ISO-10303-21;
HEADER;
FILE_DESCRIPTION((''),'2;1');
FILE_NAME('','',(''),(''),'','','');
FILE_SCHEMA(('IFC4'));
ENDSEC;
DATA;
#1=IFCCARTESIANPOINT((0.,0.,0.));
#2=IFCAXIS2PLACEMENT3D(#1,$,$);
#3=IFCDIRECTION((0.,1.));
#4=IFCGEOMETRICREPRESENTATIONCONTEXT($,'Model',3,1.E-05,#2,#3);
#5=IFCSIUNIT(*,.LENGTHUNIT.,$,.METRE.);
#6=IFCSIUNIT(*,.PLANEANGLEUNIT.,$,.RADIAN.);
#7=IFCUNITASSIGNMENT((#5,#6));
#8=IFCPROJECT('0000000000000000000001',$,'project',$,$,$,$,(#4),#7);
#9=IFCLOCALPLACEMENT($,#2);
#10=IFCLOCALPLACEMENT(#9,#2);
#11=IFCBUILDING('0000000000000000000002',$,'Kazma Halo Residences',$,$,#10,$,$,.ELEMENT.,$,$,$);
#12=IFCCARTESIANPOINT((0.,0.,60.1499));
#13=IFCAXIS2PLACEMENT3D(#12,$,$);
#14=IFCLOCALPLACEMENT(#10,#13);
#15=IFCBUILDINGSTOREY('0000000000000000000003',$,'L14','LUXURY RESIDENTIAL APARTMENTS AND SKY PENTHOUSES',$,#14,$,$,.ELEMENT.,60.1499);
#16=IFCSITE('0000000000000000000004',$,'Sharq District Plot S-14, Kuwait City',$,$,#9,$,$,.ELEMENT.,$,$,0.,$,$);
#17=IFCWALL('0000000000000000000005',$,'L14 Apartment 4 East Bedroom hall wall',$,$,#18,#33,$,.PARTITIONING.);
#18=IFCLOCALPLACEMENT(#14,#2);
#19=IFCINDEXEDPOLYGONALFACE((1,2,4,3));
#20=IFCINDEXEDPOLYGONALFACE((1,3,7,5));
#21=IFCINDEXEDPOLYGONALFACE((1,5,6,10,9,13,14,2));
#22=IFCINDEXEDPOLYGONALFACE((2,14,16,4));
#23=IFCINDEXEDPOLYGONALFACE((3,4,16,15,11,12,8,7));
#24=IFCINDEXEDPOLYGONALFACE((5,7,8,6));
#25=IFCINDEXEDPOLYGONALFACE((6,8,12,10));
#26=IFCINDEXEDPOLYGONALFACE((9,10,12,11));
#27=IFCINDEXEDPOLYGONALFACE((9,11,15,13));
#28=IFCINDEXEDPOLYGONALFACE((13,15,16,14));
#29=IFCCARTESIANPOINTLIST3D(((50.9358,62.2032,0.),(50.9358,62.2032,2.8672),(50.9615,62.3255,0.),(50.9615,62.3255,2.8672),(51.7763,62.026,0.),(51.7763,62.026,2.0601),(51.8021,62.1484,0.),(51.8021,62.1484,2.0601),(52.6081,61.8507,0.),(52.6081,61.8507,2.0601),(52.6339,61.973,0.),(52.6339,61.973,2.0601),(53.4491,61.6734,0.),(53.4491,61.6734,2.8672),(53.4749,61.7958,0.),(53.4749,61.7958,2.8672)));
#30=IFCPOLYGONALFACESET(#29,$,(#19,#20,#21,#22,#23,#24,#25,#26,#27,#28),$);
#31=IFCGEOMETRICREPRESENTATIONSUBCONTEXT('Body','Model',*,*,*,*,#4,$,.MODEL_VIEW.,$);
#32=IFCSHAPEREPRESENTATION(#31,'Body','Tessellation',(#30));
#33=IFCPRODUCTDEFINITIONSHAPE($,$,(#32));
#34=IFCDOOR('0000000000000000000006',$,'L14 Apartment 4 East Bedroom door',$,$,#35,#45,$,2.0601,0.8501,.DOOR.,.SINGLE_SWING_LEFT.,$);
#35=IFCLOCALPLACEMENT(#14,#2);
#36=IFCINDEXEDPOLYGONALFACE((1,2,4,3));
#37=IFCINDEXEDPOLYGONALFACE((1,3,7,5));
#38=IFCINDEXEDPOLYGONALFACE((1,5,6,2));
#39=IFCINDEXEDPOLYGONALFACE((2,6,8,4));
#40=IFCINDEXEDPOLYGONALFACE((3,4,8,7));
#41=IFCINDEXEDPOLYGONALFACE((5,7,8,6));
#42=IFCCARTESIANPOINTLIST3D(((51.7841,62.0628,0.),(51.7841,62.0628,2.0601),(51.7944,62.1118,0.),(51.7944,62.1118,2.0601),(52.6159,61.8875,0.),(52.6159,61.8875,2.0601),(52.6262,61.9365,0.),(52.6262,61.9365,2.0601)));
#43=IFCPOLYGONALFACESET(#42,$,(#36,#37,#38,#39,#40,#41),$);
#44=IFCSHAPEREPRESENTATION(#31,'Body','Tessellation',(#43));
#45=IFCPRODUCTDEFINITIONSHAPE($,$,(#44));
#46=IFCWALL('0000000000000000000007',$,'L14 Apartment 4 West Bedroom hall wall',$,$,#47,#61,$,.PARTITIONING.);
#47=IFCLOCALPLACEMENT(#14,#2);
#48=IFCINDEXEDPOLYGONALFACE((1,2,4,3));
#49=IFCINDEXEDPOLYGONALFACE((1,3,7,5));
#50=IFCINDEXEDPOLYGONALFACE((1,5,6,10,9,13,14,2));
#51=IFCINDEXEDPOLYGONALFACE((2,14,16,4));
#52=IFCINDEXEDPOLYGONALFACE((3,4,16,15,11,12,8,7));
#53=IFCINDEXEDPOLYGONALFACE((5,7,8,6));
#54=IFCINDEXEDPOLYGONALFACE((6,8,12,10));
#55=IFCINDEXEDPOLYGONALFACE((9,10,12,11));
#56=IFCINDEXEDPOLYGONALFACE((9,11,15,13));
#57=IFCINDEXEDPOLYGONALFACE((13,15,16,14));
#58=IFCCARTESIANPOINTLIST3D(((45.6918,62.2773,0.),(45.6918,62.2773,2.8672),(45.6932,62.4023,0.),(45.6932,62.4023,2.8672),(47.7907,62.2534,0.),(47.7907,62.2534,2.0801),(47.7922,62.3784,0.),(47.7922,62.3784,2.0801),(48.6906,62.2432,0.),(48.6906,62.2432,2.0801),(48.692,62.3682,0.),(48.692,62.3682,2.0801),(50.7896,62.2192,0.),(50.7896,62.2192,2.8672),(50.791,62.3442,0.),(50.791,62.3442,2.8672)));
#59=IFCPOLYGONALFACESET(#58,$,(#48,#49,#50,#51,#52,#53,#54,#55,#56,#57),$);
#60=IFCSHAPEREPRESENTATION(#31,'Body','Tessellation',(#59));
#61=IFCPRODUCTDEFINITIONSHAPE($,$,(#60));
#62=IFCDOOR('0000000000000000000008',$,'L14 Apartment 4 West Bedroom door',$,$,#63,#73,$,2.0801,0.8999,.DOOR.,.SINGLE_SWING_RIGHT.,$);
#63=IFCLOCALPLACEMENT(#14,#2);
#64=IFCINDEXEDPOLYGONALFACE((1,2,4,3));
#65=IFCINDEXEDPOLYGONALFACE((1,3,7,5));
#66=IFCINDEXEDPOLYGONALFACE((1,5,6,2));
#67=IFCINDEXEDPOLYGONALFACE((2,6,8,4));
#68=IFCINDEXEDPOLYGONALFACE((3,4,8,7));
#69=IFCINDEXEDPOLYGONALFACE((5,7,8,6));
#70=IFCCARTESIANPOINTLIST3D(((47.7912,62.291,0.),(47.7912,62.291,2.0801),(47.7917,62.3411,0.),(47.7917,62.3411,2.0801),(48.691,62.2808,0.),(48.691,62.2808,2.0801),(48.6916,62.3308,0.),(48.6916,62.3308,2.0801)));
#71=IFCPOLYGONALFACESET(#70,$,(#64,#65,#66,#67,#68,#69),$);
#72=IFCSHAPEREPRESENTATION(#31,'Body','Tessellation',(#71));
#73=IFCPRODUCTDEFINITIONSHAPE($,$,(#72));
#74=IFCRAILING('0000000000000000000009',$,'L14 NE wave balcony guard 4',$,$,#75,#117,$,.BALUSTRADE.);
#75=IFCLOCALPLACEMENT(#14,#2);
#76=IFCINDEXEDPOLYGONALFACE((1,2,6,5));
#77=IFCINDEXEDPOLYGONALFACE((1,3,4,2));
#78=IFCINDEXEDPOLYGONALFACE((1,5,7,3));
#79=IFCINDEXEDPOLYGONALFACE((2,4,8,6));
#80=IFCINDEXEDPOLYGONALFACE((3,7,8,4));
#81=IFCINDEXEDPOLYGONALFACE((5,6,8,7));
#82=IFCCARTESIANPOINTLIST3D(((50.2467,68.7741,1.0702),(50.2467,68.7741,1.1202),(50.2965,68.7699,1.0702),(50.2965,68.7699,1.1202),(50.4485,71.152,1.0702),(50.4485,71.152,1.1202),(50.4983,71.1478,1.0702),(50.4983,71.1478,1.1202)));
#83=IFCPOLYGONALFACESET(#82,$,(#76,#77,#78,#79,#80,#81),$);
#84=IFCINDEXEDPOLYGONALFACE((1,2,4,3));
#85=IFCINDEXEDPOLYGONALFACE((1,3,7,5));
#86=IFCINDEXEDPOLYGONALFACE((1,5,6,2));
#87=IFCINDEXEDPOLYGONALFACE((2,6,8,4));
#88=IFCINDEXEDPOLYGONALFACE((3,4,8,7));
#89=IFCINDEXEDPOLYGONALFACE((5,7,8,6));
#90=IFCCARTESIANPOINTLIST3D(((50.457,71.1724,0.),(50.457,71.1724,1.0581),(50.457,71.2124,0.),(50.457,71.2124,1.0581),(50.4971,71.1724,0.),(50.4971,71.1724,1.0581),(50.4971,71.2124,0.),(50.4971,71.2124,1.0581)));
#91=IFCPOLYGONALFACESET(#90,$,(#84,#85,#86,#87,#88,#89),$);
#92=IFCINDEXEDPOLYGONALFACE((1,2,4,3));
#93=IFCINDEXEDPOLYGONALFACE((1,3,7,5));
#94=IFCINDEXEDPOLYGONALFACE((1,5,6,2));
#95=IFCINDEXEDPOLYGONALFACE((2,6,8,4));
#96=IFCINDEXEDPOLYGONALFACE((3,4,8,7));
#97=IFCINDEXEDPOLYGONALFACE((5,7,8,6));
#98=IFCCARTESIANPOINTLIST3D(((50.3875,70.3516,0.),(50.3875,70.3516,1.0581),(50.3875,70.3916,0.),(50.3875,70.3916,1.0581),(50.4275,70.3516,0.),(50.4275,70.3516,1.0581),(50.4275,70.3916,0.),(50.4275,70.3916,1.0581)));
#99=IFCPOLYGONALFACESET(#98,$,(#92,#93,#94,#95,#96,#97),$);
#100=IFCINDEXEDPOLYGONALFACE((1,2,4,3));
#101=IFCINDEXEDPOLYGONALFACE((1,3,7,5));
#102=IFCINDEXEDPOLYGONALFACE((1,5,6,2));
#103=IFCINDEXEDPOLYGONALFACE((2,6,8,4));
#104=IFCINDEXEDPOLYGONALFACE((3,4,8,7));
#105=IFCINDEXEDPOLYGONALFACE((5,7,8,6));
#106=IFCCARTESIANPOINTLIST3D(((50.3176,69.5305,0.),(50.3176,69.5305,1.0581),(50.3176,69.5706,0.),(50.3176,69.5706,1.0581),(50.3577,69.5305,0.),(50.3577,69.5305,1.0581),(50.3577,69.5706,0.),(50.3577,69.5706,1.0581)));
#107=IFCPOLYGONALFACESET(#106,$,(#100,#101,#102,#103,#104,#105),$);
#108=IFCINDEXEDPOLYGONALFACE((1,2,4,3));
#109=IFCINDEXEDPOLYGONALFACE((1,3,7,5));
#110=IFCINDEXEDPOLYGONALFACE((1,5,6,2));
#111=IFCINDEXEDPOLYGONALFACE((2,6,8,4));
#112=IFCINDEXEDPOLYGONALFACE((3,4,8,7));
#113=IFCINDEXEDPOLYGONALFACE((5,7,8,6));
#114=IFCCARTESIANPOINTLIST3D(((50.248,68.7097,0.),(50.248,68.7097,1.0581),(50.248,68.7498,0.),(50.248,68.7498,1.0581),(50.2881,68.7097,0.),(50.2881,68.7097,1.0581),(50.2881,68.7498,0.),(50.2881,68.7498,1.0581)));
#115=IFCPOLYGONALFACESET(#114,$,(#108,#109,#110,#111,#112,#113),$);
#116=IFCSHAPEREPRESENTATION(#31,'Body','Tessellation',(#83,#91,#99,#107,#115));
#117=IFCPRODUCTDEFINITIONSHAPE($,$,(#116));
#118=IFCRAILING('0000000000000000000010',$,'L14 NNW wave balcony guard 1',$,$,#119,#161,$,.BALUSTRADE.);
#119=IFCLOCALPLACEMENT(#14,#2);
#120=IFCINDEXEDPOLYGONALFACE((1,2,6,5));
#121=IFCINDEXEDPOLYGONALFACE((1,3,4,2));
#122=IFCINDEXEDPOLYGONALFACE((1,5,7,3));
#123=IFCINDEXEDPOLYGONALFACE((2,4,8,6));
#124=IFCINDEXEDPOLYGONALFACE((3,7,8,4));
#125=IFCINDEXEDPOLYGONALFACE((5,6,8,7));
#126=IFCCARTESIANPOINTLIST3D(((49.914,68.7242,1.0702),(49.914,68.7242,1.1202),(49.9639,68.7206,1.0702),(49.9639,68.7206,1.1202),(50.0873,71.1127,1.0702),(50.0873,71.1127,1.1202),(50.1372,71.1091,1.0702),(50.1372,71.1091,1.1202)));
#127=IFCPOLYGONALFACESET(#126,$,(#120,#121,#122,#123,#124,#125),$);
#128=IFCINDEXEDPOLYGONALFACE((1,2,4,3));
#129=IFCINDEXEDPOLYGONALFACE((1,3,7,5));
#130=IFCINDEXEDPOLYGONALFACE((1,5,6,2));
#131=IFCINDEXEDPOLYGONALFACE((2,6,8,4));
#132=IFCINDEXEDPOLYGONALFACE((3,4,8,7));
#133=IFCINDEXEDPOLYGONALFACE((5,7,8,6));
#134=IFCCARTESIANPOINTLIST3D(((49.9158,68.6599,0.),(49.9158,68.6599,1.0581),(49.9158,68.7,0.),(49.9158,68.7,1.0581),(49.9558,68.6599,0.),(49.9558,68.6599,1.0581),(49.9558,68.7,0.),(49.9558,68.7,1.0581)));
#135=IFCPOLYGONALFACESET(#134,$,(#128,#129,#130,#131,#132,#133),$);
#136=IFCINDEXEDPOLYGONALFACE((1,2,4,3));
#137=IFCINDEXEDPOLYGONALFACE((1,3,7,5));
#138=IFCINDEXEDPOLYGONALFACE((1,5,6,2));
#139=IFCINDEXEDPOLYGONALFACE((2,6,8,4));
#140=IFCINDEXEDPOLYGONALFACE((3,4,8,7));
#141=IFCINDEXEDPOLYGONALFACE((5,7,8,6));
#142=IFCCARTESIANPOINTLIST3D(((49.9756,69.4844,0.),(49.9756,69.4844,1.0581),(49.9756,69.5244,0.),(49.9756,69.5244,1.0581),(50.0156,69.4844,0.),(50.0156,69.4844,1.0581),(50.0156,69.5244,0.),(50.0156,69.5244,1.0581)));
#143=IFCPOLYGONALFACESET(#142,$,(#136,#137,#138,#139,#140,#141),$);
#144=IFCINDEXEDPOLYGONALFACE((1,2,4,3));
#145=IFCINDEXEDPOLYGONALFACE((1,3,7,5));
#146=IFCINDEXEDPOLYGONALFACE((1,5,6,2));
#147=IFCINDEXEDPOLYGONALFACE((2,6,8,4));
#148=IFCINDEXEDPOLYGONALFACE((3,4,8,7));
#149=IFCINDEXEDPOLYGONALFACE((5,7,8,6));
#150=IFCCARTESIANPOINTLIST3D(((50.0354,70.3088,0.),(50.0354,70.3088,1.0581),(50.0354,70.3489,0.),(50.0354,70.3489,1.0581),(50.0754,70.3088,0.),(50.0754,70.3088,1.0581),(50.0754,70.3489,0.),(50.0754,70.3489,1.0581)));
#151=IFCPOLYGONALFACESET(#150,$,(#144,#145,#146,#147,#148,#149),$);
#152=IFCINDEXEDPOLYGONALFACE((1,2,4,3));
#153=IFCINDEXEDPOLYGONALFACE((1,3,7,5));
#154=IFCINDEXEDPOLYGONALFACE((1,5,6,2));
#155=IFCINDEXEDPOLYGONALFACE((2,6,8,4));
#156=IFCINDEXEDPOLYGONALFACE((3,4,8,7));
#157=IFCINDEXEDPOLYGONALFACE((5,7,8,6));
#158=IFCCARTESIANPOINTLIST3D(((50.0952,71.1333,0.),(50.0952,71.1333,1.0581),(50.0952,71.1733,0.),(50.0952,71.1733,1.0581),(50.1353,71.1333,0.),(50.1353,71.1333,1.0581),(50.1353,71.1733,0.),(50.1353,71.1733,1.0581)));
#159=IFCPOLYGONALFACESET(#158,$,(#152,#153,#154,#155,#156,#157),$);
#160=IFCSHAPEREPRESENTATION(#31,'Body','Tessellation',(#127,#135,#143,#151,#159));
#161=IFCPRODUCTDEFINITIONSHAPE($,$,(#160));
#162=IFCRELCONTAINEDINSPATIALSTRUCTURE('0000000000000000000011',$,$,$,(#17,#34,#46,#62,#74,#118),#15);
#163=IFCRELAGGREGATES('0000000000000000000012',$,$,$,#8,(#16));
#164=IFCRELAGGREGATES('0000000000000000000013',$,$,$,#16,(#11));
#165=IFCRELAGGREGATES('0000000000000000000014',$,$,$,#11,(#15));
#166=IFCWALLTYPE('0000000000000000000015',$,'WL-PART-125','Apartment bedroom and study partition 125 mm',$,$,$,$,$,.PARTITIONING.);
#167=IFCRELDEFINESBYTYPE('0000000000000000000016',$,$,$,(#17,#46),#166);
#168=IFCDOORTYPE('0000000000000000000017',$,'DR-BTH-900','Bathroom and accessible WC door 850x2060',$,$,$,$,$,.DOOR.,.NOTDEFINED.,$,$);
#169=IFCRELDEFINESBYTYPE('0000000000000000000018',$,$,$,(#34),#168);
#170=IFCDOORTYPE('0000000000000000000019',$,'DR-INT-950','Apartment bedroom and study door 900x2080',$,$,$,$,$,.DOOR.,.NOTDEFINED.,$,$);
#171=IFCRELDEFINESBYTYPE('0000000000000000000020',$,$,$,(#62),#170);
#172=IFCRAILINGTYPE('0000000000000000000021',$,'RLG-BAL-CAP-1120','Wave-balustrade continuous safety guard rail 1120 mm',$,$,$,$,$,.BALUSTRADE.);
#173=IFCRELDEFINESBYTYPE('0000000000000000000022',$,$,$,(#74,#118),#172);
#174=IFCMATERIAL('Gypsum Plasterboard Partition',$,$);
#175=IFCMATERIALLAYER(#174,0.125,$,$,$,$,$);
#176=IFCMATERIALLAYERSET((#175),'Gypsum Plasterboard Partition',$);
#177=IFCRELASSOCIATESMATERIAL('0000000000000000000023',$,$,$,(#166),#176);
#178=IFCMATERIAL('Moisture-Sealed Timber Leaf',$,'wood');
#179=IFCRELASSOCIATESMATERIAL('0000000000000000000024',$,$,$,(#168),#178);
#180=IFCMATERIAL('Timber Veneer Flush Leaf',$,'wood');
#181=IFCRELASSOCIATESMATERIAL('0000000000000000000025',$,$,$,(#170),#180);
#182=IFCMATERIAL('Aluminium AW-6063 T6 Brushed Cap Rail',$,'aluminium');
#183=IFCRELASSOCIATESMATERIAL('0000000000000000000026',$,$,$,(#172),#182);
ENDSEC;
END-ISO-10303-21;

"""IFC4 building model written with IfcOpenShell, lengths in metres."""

from ifc_helpers import new_model, si_unit, direction, frame, frame_2d, origin, origin_2d, place, context, subcontext, project, spatial, rectangle, extrude, material, layer, layer_set, type_object, element, fill, save


model = new_model("IFC4")

# Units and contexts
model_context = context("Model", 3, precision=1e-05, world=origin(), true_north=direction((0.0, 1.0)))
body_context = subcontext(model_context, "Body", "Model", "MODEL_VIEW")
ifc_project = project(units=[si_unit("LENGTHUNIT", "METRE"), si_unit("PLANEANGLEUNIT", "RADIAN")], contexts=[model_context])

# Site, building, storey
site_placement = place(None, origin())
site = spatial("IfcSite", under=ifc_project, at=site_placement, Name="Sharq District Plot S-14, Kuwait City", CompositionType="ELEMENT", RefElevation=0.0)
building_placement = place(site_placement, origin())
building = spatial("IfcBuilding", under=site, at=building_placement, Name="Kazma Halo Residences", CompositionType="ELEMENT")
storey_placement = place(building_placement, frame((0.0, 0.0, 60.1499)))
storey = spatial("IfcBuildingStorey", under=building, at=storey_placement, Name="L14", Description="LUXURY RESIDENTIAL APARTMENTS AND SKY PENTHOUSES", CompositionType="ELEMENT", Elevation=60.1499)

# Shared definitions
ifc_material_1 = material(Name="Gypsum Plasterboard Partition")
ifc_layer_1 = layer(ifc_material_1, 0.125)
ifc_layer_set_1 = layer_set([ifc_layer_1], Name="Gypsum Plasterboard Partition")
wall_type_1 = type_object("IfcWallType", Name="WL-PART-125", Description="Apartment bedroom and study partition 125 mm", PredefinedType="PARTITIONING", material=ifc_layer_set_1)

# Walls, openings, doors
wall_1_placement = place(storey_placement, frame((53.4619, 61.7346, 0.0), z_axis=(0.0, 0.0, 1.0), x_axis=(-0.978499, 0.20625, 0.0)))
wall_1 = element("IfcWall", 1, at=wall_1_placement, inside=storey, type_object=wall_type_1, Name="L14 Apartment 4 East Bedroom hall wall", PredefinedType="PARTITIONING", context=body_context, shape_type="SweptSolid", body=[
    extrude(rectangle(XDim=2.5686, YDim=0.125, at=frame_2d((1.2842, 0.0))), origin(), (0.0, 0.0, 1.0), 2.8672),
])
opening_1_placement = place(wall_1_placement, frame((0.8594, 0.0, 0.0)))
opening_1 = element("IfcOpeningElement", 2, at=opening_1_placement, cuts=wall_1, PredefinedType="OPENING", context=body_context, shape_type="SweptSolid", body=[
    extrude(rectangle(XDim=0.8501, YDim=2.0601, at=frame_2d((0.425, 1.03))), frame((0.0, 0.0725, 0.0), z_axis=(0.0, -1.0, 0.0), x_axis=(1.0, 0.0, 0.0)), (0.0, 0.0, 1.0), 0.145),
])
ifc_material_2 = material(Name="Moisture-Sealed Timber Leaf", Category="wood")
door_type_1 = type_object("IfcDoorType", Name="DR-BTH-900", Description="Bathroom and accessible WC door 850x2060", OperationType="NOTDEFINED", PredefinedType="DOOR", material=ifc_material_2)
door_1_placement = place(opening_1_placement, origin())
door_1 = element("IfcDoor", 3, at=door_1_placement, inside=storey, type_object=door_type_1, Name="L14 Apartment 4 East Bedroom door", OperationType="SINGLE_SWING_LEFT", OverallHeight=2.0601, OverallWidth=0.8501, PredefinedType="DOOR", context=body_context, shape_type="SweptSolid", body=[
    extrude(rectangle(XDim=0.8501, YDim=2.0601, at=frame_2d((0.425, 1.03))), frame((0.0, 0.0249, 0.0), z_axis=(0.0, -1.0, 0.0), x_axis=(1.0, 0.0, 0.0)), (0.0, 0.0, 1.0), 0.05),
])
fill(opening_1, door_1)
wall_2_placement = place(storey_placement, frame((50.7903, 62.2817, 0.0), z_axis=(0.0, 0.0, 1.0), x_axis=(-0.999935, 0.011397, 0.0)))
wall_2 = element("IfcWall", 4, at=wall_2_placement, inside=storey, type_object=wall_type_1, Name="L14 Apartment 4 West Bedroom hall wall", PredefinedType="PARTITIONING", context=body_context, shape_type="SweptSolid", body=[
    extrude(rectangle(XDim=5.0981, YDim=0.125, at=frame_2d((2.5491, 0.0))), origin(), (0.0, 0.0, 1.0), 2.8672),
])
opening_2_placement = place(wall_2_placement, frame((2.0991, 0.0, 0.0)))
opening_2 = element("IfcOpeningElement", 5, at=opening_2_placement, cuts=wall_2, PredefinedType="OPENING", context=body_context, shape_type="SweptSolid", body=[
    extrude(rectangle(XDim=0.8999, YDim=2.0801, at=frame_2d((0.45, 1.04))), frame((0.0, 0.0725, 0.0), z_axis=(0.0, -1.0, 0.0), x_axis=(1.0, 0.0, 0.0)), (0.0, 0.0, 1.0), 0.145),
])
ifc_material_3 = material(Name="Timber Veneer Flush Leaf", Category="wood")
door_type_2 = type_object("IfcDoorType", Name="DR-INT-950", Description="Apartment bedroom and study door 900x2080", OperationType="NOTDEFINED", PredefinedType="DOOR", material=ifc_material_3)
door_2_placement = place(opening_2_placement, origin())
door_2 = element("IfcDoor", 6, at=door_2_placement, inside=storey, type_object=door_type_2, Name="L14 Apartment 4 West Bedroom door", OperationType="SINGLE_SWING_RIGHT", OverallHeight=2.0801, OverallWidth=0.8999, PredefinedType="DOOR", context=body_context, shape_type="SweptSolid", body=[
    extrude(rectangle(XDim=0.8999, YDim=2.0801, at=frame_2d((0.45, 1.04))), frame((0.0, 0.0249, 0.0), z_axis=(0.0, -1.0, 0.0), x_axis=(1.0, 0.0, 0.0)), (0.0, 0.0, 1.0), 0.05),
])
fill(opening_2, door_2)

# Railings
ifc_material_4 = material(Name="Aluminium AW-6063 T6 Brushed Cap Rail", Category="aluminium")
railing_type = type_object("IfcRailingType", Name="RLG-BAL-CAP-1120", Description="Wave-balustrade continuous safety guard rail 1120 mm", PredefinedType="BALUSTRADE", material=ifc_material_4)
railing_1_placement = place(storey_placement, frame((50.4771, 71.1924, 0.0)))
element("IfcRailing", 7, at=railing_1_placement, inside=storey, type_object=railing_type, Name="L14 NE wave balcony guard 4", PredefinedType="BALUSTRADE", context=body_context, shape_type="SweptSolid", body=[
    extrude(rectangle(XDim=0.05, YDim=0.05, at=origin_2d()), frame((-0.0037, -0.0425, 1.0952), z_axis=(-0.084558, -0.996419, 0.0), x_axis=(0.996419, -0.084558, 0.0)), (0.0, 0.0, 1.0), 2.3865),
    extrude(rectangle(XDim=0.04, YDim=0.04, at=origin_2d()), origin(), (0.0, 0.0, 1.0), 1.0581),
    extrude(rectangle(XDim=0.04, YDim=0.04, at=origin_2d()), frame((-0.0696, -0.8208, 0.0)), (0.0, 0.0, 1.0), 1.0581),
    extrude(rectangle(XDim=0.04, YDim=0.04, at=origin_2d()), frame((-0.1394, -1.6418, 0.0)), (0.0, 0.0, 1.0), 1.0581),
    extrude(rectangle(XDim=0.04, YDim=0.04, at=origin_2d()), frame((-0.209, -2.4626, 0.0)), (0.0, 0.0, 1.0), 1.0581),
])
railing_2_placement = place(storey_placement, frame((49.9358, 68.6799, 0.0)))
element("IfcRailing", 8, at=railing_2_placement, inside=storey, type_object=railing_type, Name="L14 NNW wave balcony guard 1", PredefinedType="BALUSTRADE", context=body_context, shape_type="SweptSolid", body=[
    extrude(rectangle(XDim=0.05, YDim=0.05, at=origin_2d()), frame((0.0032, 0.0425, 1.0952), z_axis=(0.072359, 0.997379, 0.0), x_axis=(-0.997379, 0.072359, 0.0)), (0.0, 0.0, 1.0), 2.3948),
    extrude(rectangle(XDim=0.04, YDim=0.04, at=origin_2d()), origin(), (0.0, 0.0, 1.0), 1.0581),
    extrude(rectangle(XDim=0.04, YDim=0.04, at=origin_2d()), frame((0.0598, 0.8245, 0.0)), (0.0, 0.0, 1.0), 1.0581),
    extrude(rectangle(XDim=0.04, YDim=0.04, at=origin_2d()), frame((0.1196, 1.6489, 0.0)), (0.0, 0.0, 1.0), 1.0581),
    extrude(rectangle(XDim=0.04, YDim=0.04, at=origin_2d()), frame((0.1794, 2.4734, 0.0)), (0.0, 0.0, 1.0), 1.0581),
])

save(model, "model.ifc")
